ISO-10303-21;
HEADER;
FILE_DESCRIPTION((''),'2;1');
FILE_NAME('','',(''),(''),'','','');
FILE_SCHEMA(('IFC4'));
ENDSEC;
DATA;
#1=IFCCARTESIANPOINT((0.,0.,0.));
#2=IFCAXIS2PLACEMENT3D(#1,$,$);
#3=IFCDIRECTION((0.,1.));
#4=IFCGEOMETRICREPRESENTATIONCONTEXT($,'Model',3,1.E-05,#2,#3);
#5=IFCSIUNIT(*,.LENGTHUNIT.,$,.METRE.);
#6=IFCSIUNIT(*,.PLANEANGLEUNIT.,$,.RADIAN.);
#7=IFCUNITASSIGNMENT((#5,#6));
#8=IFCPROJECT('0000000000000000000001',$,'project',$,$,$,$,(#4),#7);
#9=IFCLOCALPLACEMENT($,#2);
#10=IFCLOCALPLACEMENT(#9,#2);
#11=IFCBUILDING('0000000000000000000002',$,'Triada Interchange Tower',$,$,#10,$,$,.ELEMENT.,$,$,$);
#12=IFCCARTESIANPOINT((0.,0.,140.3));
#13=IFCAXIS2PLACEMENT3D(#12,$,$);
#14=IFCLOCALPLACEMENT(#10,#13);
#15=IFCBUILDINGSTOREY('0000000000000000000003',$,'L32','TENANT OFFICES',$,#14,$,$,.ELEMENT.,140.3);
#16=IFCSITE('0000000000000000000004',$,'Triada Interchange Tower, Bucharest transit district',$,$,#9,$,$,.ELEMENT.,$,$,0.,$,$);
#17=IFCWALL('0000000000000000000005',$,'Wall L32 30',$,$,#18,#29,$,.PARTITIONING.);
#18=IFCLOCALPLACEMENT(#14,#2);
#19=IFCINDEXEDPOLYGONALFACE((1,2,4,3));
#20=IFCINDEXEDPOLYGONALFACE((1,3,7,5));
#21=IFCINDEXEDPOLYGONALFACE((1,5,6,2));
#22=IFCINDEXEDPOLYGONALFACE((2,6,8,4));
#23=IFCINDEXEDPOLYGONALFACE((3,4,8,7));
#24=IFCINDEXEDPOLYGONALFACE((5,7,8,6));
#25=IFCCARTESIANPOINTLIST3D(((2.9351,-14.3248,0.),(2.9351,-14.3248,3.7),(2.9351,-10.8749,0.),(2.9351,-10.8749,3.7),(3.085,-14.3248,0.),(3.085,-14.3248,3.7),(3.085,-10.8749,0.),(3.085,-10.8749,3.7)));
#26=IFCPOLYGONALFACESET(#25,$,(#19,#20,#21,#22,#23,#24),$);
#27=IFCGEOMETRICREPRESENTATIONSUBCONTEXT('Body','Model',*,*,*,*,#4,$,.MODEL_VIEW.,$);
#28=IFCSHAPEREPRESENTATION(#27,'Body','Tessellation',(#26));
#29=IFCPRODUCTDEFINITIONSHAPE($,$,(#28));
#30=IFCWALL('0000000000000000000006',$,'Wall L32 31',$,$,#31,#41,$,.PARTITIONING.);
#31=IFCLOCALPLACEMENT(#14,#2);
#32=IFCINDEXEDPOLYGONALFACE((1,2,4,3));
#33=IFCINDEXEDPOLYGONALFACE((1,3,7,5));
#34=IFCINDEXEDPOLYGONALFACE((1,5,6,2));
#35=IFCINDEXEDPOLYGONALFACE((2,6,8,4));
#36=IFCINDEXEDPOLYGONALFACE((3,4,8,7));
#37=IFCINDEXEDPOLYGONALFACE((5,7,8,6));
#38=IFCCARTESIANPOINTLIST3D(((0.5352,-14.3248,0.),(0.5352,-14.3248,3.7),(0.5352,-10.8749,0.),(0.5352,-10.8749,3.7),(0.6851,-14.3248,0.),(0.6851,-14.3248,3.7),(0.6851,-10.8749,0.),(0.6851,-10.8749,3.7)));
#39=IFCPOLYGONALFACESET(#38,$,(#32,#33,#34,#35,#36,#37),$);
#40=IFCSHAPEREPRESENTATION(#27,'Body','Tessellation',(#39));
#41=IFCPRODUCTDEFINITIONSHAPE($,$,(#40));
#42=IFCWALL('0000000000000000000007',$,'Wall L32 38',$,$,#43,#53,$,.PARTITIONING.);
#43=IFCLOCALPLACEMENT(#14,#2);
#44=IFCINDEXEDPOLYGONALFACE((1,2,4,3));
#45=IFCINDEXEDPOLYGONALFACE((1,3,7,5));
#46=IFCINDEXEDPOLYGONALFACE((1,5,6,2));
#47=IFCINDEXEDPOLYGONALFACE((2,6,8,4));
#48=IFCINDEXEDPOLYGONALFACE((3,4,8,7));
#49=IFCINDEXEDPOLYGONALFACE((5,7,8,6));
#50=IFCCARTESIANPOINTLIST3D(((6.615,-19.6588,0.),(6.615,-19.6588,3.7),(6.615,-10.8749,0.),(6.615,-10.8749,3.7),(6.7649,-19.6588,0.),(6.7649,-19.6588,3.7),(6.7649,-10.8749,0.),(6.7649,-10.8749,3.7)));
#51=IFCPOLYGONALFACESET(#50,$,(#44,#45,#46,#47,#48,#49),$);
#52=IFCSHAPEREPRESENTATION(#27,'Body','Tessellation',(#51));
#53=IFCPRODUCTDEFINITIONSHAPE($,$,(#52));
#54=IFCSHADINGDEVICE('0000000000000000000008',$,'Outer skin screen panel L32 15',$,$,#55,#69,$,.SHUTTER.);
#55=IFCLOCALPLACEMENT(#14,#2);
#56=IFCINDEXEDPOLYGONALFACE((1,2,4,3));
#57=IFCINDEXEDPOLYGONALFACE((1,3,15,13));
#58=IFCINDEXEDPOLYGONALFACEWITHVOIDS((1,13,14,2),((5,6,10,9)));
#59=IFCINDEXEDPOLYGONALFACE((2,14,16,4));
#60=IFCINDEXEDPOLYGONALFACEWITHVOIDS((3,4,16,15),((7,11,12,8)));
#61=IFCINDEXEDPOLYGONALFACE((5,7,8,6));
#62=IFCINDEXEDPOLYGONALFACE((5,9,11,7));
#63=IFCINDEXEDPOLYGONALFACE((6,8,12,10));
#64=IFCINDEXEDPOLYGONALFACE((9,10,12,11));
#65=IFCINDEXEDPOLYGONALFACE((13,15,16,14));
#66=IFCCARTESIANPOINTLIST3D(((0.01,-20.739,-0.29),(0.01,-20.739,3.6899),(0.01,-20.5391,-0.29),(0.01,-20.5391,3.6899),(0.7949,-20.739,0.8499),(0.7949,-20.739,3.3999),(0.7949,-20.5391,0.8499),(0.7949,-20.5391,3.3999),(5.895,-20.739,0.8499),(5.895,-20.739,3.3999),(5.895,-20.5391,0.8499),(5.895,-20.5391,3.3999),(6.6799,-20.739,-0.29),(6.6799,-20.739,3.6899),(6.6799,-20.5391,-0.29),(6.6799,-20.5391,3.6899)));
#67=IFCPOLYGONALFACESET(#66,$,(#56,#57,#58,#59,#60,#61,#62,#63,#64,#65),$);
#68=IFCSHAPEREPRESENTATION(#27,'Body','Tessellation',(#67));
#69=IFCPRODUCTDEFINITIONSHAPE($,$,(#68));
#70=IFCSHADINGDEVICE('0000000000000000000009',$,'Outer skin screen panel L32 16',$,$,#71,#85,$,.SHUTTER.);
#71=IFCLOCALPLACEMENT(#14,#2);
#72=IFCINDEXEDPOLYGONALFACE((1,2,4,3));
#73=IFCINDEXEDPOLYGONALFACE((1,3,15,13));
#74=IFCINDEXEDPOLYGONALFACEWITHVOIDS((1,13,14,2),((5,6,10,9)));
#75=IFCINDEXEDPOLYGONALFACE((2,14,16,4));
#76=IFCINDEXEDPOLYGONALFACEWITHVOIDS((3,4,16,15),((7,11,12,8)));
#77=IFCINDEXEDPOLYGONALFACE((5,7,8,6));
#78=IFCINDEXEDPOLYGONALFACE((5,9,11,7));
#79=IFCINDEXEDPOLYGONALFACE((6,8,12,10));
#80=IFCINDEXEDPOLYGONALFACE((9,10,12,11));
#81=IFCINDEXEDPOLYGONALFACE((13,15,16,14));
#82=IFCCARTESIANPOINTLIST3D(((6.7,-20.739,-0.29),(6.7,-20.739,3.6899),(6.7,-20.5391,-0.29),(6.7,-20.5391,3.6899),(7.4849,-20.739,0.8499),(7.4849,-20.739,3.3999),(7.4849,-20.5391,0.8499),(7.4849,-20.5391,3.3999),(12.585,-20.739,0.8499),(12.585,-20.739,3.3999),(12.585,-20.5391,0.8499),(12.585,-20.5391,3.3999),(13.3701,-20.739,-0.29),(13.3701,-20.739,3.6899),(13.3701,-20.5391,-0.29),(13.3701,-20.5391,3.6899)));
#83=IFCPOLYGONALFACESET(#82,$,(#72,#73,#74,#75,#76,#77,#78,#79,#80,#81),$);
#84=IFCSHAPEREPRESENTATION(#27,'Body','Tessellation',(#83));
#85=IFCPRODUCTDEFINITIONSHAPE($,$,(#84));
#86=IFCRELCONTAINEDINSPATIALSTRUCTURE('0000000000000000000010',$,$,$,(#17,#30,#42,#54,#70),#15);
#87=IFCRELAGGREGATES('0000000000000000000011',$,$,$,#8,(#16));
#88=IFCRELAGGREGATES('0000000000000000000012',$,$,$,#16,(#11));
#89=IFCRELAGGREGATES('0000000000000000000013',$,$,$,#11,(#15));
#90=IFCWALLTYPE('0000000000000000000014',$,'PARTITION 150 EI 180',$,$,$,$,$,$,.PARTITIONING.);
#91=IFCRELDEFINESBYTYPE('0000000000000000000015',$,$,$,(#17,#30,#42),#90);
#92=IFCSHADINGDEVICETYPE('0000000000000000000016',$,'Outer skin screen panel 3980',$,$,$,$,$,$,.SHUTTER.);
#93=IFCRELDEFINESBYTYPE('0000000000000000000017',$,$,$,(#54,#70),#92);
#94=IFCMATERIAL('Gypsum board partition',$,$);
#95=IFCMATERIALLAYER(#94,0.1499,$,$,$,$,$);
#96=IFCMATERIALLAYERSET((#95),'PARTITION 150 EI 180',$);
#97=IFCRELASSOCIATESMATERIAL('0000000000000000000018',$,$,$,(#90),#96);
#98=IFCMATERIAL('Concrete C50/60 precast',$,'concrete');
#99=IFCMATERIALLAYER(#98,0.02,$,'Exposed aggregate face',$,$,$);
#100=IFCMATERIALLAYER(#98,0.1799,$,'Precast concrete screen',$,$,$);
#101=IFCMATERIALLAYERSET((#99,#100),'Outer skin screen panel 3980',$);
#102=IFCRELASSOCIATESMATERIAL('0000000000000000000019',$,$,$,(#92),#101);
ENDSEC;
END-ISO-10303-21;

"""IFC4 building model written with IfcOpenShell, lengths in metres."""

from ifc_helpers import new_model, si_unit, direction, frame, frame_2d, origin, place, context, subcontext, project, spatial, polyline, rectangle, outline, extrude, material, layer, layer_set, type_object, element, save


model = new_model("IFC4")

# Units and contexts
model_context = context("Model", 3, precision=1e-05, world=origin(), true_north=direction((0.0, 1.0)))
body_context = subcontext(model_context, "Body", "Model", "MODEL_VIEW")
ifc_project = project(units=[si_unit("LENGTHUNIT", "METRE"), si_unit("PLANEANGLEUNIT", "RADIAN")], contexts=[model_context])

# Site, building, storey
site_placement = place(None, origin())
site = spatial("IfcSite", under=ifc_project, at=site_placement, Name="Triada Interchange Tower, Bucharest transit district", CompositionType="ELEMENT", RefElevation=0.0)
building_placement = place(site_placement, origin())
building = spatial("IfcBuilding", under=site, at=building_placement, Name="Triada Interchange Tower", CompositionType="ELEMENT")
storey_placement = place(building_placement, frame((0.0, 0.0, 140.3)))
storey = spatial("IfcBuildingStorey", under=building, at=storey_placement, Name="L32", Description="TENANT OFFICES", CompositionType="ELEMENT", Elevation=140.3)

# Walls
ifc_material_1 = material(Name="Gypsum board partition")
ifc_layer_1 = layer(ifc_material_1, 0.1499)
ifc_layer_set_1 = layer_set([ifc_layer_1], Name="PARTITION 150 EI 180")
wall_type_1 = type_object("IfcWallType", Name="PARTITION 150 EI 180", PredefinedType="PARTITIONING", material=ifc_layer_set_1)
for number, where, z_axis, x_axis, name in (
    (1, (3.01, -14.325, 0.0), (0.0, 0.0, 1.0), (0.0, 1.0, 0.0), "Wall L32 30"),
    (2, (0.6101, -14.325, 0.0), (0.0, 0.0, 1.0), (0.0, 1.0, 0.0), "Wall L32 31"),
):
    element("IfcWall", number, at=place(storey_placement, frame(where, z_axis=z_axis, x_axis=x_axis)), inside=storey, type_object=wall_type_1, Name=name, PredefinedType="PARTITIONING", context=body_context, shape_type="SweptSolid", body=[
        extrude(rectangle(XDim=3.45, YDim=0.1499, at=frame_2d((1.7251, 0.0))), origin(), (0.0, 0.0, 1.0), 3.7),
    ])
wall_1_placement = place(storey_placement, frame((6.6899, -19.6589, 0.0), z_axis=(0.0, 0.0, 1.0), x_axis=(0.0, 1.0, 0.0)))
element("IfcWall", 3, at=wall_1_placement, inside=storey, type_object=wall_type_1, Name="Wall L32 38", PredefinedType="PARTITIONING", context=body_context, shape_type="SweptSolid", body=[
    extrude(rectangle(XDim=8.7839, YDim=0.1499, at=frame_2d((4.3921, 0.0))), origin(), (0.0, 0.0, 1.0), 3.7),
])

# Shading devices
ifc_material_2 = material(Name="Concrete C50/60 precast", Category="concrete")
ifc_layer_2 = layer(ifc_material_2, 0.02, Name="Exposed aggregate face")
ifc_layer_3 = layer(ifc_material_2, 0.1799, Name="Precast concrete screen")
ifc_layer_set_2 = layer_set([ifc_layer_2, ifc_layer_3], Name="Outer skin screen panel 3980")
shading_device_type = type_object("IfcShadingDeviceType", Name="Outer skin screen panel 3980", PredefinedType="SHUTTER", material=ifc_layer_set_2)
shading_device_1_placement = place(storey_placement, frame((0.01, -20.5391, -0.29), z_axis=(0.0, 0.0, 1.0), x_axis=(1.0, 0.0, 0.0)))
element("IfcShadingDevice", 4, at=shading_device_1_placement, inside=storey, type_object=shading_device_type, Name="Outer skin screen panel L32 15", PredefinedType="SHUTTER", context=body_context, shape_type="SweptSolid", body=[
    extrude(outline(polyline([(0.0, 0.0), (6.6699, 0.0), (6.6699, 3.98), (0.0, 3.98), (0.0, 0.0)]), holes=[polyline([(0.7849, 1.1399), (0.7849, 3.6899), (5.885, 3.6899), (5.885, 1.1399), (0.7849, 1.1399)])]), frame((0.0, 0.0, 0.0), z_axis=(0.0, -1.0, 0.0), x_axis=(1.0, 0.0, 0.0)), (0.0, 0.0, 1.0), 0.2),
])
shading_device_2_placement = place(storey_placement, frame((6.7, -20.5391, -0.29), z_axis=(0.0, 0.0, 1.0), x_axis=(1.0, 0.0, 0.0)))
element("IfcShadingDevice", 5, at=shading_device_2_placement, inside=storey, type_object=shading_device_type, Name="Outer skin screen panel L32 16", PredefinedType="SHUTTER", context=body_context, shape_type="SweptSolid", body=[
    extrude(outline(polyline([(0.0, 0.0), (6.6702, 0.0), (6.6702, 3.98), (0.0, 3.98), (0.0, 0.0)]), holes=[polyline([(0.7849, 1.1399), (0.7849, 3.6899), (5.885, 3.6899), (5.885, 1.1399), (0.7849, 1.1399)])]), frame((0.0, 0.0, 0.0), z_axis=(0.0, -1.0, 0.0), x_axis=(1.0, 0.0, 0.0)), (0.0, 0.0, 1.0), 0.2),
])

save(model, "model.ifc")
